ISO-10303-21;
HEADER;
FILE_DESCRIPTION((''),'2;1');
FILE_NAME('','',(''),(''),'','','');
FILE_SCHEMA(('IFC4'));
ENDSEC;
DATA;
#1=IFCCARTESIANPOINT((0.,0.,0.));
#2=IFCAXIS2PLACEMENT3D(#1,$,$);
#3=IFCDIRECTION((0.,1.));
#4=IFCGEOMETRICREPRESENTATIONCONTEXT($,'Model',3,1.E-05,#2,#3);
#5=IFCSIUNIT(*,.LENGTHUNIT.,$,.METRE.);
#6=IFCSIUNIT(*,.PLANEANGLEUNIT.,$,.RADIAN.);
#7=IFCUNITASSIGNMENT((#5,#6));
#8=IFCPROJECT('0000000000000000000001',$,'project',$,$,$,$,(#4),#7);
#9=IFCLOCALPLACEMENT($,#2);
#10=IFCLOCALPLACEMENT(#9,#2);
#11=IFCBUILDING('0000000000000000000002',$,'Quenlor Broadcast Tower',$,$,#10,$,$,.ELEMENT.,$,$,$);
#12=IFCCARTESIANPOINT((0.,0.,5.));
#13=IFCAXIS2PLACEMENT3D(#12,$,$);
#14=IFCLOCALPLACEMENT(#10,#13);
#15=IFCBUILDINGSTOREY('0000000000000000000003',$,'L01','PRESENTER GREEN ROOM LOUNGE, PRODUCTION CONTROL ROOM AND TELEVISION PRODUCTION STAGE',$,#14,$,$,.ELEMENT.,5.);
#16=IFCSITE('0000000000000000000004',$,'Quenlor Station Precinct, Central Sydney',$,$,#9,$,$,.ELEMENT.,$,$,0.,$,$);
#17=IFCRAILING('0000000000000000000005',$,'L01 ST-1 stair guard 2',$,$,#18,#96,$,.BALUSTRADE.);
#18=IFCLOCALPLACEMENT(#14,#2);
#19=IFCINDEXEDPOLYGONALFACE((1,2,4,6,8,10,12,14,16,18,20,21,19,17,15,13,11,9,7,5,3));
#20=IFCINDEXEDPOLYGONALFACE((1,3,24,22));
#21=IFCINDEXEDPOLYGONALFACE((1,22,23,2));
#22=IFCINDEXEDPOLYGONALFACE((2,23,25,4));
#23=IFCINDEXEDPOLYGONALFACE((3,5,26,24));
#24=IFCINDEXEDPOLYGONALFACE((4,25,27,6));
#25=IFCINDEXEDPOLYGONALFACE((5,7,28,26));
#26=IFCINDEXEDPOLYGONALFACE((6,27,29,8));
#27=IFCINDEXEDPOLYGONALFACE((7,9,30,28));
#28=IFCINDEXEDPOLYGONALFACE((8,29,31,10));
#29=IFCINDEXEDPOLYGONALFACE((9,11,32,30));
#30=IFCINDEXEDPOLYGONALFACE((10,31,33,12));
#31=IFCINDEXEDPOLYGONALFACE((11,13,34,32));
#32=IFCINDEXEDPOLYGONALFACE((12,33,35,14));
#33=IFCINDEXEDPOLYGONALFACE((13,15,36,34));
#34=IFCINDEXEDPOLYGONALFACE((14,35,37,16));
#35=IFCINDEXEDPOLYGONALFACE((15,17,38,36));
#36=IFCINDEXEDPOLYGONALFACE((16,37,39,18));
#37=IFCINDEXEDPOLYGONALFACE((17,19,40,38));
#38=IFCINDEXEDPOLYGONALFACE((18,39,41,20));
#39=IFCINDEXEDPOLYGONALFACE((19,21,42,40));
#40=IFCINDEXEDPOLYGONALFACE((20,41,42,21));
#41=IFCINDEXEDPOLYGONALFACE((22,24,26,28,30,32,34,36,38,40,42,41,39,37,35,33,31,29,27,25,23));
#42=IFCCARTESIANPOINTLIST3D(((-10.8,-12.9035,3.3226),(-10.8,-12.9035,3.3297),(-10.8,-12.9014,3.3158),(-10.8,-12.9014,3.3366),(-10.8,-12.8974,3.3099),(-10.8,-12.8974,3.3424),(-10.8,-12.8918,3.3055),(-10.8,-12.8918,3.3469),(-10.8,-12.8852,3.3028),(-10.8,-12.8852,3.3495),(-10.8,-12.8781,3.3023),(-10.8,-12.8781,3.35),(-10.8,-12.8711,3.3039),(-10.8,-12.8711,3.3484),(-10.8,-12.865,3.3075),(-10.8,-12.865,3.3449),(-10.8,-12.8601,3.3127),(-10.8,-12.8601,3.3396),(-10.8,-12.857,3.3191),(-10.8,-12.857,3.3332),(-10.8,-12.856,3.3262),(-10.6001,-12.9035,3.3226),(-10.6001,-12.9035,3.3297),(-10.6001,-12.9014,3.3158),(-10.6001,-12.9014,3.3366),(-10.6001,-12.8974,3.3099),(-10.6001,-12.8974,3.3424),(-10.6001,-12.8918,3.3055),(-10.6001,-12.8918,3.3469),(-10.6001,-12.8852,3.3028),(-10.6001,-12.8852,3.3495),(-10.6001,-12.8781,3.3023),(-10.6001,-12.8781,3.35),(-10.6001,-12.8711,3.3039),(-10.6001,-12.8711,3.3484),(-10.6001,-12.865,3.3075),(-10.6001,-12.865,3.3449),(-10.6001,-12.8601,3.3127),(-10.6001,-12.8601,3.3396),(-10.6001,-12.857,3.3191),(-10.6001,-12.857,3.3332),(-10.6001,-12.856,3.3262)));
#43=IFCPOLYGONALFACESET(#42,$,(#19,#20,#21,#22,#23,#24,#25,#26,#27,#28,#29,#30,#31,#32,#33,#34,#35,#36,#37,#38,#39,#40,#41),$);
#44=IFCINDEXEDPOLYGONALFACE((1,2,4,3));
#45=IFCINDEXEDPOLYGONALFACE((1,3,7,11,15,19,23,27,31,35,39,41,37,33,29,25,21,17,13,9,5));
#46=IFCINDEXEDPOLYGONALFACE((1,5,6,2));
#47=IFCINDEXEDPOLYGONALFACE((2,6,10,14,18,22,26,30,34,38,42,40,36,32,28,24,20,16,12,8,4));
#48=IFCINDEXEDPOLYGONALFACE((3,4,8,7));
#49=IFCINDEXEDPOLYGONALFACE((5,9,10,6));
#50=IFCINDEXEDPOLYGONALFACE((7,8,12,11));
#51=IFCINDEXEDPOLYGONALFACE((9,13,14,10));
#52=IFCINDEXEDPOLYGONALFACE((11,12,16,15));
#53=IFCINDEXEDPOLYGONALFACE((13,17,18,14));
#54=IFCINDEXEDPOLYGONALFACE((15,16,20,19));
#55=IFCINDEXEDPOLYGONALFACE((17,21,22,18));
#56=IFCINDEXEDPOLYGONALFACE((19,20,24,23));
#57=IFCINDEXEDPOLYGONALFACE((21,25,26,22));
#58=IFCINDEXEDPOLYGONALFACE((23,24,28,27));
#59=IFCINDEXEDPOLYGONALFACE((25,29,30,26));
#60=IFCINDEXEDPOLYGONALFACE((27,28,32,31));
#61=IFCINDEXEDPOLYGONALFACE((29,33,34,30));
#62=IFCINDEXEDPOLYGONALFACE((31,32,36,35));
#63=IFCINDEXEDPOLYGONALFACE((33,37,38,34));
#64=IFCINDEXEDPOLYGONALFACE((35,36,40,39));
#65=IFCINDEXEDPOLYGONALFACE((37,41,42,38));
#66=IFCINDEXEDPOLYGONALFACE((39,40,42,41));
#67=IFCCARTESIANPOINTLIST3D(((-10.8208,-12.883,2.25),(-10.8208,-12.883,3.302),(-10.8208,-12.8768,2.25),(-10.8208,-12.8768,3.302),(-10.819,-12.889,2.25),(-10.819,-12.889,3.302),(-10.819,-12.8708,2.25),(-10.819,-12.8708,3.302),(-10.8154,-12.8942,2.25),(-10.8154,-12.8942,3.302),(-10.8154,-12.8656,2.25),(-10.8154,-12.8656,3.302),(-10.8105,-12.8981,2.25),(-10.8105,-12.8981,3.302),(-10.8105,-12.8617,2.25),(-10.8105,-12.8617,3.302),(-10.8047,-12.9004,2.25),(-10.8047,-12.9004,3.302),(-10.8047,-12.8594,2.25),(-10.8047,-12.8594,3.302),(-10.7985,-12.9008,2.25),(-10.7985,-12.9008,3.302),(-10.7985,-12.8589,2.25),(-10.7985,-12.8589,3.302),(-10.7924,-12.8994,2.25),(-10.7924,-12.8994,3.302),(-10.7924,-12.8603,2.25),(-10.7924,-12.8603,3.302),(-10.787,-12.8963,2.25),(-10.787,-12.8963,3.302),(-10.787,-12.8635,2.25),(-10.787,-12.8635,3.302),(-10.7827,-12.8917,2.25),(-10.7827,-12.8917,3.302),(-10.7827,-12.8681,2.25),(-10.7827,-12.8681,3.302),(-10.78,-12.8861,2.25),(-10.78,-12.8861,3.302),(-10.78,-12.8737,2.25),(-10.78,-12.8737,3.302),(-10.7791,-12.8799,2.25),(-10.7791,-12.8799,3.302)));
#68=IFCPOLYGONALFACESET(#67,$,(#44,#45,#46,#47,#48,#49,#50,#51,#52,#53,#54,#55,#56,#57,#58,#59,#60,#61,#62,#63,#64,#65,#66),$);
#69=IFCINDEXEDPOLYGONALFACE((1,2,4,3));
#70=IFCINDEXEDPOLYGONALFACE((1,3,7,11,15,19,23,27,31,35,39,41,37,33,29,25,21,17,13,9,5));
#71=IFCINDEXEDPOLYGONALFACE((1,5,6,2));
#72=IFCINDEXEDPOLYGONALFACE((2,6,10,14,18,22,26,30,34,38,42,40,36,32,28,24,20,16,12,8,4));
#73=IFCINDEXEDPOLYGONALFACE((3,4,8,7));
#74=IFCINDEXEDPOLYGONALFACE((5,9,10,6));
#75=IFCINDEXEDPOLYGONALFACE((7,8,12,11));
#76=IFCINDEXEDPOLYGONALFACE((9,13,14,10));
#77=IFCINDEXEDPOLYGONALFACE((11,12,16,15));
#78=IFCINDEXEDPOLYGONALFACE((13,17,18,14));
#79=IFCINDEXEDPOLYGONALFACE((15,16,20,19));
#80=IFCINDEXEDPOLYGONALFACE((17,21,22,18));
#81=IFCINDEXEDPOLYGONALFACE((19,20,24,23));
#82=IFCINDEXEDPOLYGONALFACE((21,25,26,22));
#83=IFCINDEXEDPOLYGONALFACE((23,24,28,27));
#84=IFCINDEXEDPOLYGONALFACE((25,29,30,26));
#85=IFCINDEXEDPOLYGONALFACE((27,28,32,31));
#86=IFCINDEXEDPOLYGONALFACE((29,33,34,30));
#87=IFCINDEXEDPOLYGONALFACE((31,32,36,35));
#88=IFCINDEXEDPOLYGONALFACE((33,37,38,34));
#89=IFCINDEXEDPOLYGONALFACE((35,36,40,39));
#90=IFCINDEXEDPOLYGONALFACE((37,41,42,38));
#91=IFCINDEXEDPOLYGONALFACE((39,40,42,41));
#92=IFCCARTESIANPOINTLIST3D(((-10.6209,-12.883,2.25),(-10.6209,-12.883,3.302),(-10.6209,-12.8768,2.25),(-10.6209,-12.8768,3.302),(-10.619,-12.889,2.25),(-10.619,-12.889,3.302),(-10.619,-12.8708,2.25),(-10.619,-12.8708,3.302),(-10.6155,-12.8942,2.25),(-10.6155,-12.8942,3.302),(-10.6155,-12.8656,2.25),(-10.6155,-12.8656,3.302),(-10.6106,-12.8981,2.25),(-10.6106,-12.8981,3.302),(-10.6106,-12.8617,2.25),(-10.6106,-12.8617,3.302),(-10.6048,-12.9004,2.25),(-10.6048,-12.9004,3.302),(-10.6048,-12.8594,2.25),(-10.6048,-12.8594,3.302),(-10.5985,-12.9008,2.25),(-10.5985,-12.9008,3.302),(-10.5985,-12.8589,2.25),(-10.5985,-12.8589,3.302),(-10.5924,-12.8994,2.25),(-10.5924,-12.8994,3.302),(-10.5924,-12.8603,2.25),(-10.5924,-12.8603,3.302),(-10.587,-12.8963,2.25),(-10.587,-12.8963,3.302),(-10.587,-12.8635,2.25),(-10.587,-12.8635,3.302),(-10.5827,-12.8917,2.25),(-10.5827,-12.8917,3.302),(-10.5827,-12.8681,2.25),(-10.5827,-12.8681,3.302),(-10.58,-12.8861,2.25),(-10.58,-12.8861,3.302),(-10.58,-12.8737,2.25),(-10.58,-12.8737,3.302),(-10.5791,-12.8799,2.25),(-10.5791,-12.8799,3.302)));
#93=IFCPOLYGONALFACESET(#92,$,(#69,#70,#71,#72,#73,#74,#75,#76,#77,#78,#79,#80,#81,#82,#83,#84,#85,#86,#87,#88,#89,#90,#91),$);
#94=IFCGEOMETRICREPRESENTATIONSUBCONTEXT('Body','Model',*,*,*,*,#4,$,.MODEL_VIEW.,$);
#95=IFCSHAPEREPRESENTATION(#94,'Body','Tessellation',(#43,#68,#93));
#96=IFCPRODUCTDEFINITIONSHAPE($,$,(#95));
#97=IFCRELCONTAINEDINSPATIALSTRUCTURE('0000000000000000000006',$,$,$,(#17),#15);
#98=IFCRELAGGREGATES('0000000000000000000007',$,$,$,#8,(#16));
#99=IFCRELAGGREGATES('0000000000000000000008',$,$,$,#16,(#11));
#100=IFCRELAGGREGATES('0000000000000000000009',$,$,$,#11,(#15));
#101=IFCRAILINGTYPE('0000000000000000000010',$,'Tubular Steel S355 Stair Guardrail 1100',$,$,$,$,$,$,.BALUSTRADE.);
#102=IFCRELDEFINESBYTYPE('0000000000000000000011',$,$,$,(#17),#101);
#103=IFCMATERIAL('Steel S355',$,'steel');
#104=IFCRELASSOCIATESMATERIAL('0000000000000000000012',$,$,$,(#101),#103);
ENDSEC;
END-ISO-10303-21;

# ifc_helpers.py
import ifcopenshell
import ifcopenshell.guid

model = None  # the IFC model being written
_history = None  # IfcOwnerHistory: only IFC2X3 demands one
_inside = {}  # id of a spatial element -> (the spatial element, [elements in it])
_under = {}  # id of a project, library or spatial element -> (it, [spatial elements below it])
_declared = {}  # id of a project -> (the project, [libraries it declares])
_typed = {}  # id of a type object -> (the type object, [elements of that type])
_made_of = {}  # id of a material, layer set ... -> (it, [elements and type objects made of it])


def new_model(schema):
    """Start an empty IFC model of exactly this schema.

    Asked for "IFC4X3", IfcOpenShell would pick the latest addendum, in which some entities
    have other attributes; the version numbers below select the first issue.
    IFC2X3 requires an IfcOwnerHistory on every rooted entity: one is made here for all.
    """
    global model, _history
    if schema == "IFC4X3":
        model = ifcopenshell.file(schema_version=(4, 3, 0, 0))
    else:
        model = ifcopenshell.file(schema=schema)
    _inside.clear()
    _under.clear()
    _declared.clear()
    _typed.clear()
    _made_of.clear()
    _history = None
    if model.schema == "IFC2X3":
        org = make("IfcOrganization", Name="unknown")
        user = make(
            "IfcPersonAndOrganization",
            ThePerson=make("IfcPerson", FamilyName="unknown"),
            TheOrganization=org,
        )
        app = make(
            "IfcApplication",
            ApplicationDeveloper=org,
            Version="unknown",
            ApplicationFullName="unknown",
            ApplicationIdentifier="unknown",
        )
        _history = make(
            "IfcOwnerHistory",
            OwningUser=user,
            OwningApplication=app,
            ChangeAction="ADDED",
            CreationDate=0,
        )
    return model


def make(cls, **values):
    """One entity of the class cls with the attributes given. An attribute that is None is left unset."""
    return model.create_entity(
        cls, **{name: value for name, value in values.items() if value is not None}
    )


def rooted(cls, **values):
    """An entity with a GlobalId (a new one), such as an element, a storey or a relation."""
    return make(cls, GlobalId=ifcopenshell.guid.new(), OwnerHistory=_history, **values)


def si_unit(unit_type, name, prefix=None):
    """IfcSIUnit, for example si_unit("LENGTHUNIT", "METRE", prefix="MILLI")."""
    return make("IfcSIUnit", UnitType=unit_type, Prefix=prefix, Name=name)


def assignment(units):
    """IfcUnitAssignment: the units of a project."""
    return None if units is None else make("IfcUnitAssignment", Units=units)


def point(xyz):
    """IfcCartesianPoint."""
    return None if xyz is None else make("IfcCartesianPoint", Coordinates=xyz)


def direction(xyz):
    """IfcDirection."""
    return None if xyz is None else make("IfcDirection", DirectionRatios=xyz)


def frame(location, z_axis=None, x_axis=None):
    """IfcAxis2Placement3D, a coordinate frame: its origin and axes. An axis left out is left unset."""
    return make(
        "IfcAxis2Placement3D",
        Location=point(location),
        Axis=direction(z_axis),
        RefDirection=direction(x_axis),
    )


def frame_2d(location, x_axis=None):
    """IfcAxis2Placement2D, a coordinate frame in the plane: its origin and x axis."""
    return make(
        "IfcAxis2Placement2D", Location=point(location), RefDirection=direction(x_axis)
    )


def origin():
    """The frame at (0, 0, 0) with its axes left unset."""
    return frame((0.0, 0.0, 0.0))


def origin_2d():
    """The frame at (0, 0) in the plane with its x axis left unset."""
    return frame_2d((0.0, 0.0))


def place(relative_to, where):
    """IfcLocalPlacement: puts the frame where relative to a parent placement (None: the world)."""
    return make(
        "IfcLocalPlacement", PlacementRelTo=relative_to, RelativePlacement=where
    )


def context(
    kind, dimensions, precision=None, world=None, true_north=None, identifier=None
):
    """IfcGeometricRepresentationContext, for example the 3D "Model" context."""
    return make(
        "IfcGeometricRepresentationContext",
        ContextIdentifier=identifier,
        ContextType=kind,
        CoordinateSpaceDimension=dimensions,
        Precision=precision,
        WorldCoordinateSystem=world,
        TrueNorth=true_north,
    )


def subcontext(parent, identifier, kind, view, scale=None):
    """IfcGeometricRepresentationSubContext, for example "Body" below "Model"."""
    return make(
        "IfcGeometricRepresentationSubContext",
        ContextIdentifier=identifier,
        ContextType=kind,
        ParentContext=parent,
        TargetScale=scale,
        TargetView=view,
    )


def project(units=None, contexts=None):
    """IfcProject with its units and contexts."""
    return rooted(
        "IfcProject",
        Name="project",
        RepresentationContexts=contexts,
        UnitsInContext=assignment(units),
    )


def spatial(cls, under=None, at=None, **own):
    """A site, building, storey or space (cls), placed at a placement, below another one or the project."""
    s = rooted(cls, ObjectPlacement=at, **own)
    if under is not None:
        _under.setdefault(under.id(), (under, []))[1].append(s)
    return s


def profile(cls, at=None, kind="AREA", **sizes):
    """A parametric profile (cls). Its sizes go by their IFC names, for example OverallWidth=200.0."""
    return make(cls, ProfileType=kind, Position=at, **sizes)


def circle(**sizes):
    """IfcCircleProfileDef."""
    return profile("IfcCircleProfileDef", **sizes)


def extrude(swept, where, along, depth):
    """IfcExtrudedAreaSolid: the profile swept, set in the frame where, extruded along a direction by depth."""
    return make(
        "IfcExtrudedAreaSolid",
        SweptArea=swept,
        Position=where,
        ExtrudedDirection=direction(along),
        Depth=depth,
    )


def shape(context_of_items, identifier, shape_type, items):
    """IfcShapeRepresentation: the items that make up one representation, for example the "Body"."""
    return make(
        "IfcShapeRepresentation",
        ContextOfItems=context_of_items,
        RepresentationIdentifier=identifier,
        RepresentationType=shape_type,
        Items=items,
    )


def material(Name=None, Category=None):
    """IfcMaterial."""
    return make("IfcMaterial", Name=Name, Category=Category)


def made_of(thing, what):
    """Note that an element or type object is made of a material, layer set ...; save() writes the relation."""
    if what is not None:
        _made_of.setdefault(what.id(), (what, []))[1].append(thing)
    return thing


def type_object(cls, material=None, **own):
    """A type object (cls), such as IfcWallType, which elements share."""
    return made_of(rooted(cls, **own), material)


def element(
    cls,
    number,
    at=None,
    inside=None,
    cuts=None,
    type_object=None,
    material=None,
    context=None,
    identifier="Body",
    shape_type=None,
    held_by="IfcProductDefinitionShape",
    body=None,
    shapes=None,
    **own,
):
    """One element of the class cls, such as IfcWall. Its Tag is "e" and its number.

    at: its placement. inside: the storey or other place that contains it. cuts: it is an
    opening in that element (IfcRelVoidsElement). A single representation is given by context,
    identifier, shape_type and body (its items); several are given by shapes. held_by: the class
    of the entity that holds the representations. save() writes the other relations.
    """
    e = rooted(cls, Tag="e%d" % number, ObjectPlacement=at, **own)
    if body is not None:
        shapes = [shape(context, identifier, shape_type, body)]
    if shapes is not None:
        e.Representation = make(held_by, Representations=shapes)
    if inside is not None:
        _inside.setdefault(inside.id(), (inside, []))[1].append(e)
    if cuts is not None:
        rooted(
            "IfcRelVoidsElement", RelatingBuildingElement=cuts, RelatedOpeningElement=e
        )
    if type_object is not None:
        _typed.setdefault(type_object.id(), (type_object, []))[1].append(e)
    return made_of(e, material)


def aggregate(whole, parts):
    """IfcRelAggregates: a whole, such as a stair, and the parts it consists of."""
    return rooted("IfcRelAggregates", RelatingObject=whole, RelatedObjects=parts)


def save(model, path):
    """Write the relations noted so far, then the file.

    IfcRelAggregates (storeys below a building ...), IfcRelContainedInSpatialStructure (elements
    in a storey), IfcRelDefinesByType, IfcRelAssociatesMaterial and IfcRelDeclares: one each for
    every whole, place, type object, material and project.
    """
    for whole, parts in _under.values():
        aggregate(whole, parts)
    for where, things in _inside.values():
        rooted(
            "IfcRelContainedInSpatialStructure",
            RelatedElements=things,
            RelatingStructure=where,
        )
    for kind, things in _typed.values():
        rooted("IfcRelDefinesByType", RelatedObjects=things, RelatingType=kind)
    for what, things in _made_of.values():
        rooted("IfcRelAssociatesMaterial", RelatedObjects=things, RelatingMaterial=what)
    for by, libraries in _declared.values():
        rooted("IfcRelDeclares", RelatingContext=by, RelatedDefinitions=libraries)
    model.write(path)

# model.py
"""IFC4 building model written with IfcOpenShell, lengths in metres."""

from ifc_helpers import new_model, si_unit, direction, frame, origin, origin_2d, place, context, subcontext, project, spatial, circle, extrude, material, type_object, element, save


model = new_model("IFC4")

# Units and contexts
model_context = context("Model", 3, precision=1e-05, world=origin(), true_north=direction((0.0, 1.0)))
body_context = subcontext(model_context, "Body", "Model", "MODEL_VIEW")
ifc_project = project(units=[si_unit("LENGTHUNIT", "METRE"), si_unit("PLANEANGLEUNIT", "RADIAN")], contexts=[model_context])

# Site, building, storey
site_placement = place(None, origin())
site = spatial("IfcSite", under=ifc_project, at=site_placement, Name="Quenlor Station Precinct, Central Sydney", CompositionType="ELEMENT", RefElevation=0.0)
building_placement = place(site_placement, origin())
building = spatial("IfcBuilding", under=site, at=building_placement, Name="Quenlor Broadcast Tower", CompositionType="ELEMENT")
storey_placement = place(building_placement, frame((0.0, 0.0, 5.0)))
storey = spatial("IfcBuildingStorey", under=building, at=storey_placement, Name="L01", Description="PRESENTER GREEN ROOM LOUNGE, PRODUCTION CONTROL ROOM AND TELEVISION PRODUCTION STAGE", CompositionType="ELEMENT", Elevation=5.0)

# Railing
ifc_material_1 = material(Name="Steel S355", Category="steel")
railing_type_1 = type_object("IfcRailingType", Name="Tubular Steel S355 Stair Guardrail 1100", PredefinedType="BALUSTRADE", material=ifc_material_1)
railing_1_placement = place(storey_placement, frame((-10.8, -12.8799, 2.25)))
element("IfcRailing", 1, at=railing_1_placement, inside=storey, type_object=railing_type_1, Name="L01 ST-1 stair guard 2", PredefinedType="BALUSTRADE", context=body_context, shape_type="SweptSolid", body=[
    extrude(circle(Radius=0.0239, at=origin_2d()), frame((0.0, 0.0, 1.0762), z_axis=(1.0, 0.0, 0.0), x_axis=(0.0, 1.0, 0.0)), (0.0, 0.0, 1.0), 0.2),
    extrude(circle(Radius=0.021, at=origin_2d()), origin(), (0.0, 0.0, 1.0), 1.052),
    extrude(circle(Radius=0.021, at=origin_2d()), frame((0.2, 0.0, 0.0)), (0.0, 0.0, 1.0), 1.052),
])

save(model, "model.ifc")
